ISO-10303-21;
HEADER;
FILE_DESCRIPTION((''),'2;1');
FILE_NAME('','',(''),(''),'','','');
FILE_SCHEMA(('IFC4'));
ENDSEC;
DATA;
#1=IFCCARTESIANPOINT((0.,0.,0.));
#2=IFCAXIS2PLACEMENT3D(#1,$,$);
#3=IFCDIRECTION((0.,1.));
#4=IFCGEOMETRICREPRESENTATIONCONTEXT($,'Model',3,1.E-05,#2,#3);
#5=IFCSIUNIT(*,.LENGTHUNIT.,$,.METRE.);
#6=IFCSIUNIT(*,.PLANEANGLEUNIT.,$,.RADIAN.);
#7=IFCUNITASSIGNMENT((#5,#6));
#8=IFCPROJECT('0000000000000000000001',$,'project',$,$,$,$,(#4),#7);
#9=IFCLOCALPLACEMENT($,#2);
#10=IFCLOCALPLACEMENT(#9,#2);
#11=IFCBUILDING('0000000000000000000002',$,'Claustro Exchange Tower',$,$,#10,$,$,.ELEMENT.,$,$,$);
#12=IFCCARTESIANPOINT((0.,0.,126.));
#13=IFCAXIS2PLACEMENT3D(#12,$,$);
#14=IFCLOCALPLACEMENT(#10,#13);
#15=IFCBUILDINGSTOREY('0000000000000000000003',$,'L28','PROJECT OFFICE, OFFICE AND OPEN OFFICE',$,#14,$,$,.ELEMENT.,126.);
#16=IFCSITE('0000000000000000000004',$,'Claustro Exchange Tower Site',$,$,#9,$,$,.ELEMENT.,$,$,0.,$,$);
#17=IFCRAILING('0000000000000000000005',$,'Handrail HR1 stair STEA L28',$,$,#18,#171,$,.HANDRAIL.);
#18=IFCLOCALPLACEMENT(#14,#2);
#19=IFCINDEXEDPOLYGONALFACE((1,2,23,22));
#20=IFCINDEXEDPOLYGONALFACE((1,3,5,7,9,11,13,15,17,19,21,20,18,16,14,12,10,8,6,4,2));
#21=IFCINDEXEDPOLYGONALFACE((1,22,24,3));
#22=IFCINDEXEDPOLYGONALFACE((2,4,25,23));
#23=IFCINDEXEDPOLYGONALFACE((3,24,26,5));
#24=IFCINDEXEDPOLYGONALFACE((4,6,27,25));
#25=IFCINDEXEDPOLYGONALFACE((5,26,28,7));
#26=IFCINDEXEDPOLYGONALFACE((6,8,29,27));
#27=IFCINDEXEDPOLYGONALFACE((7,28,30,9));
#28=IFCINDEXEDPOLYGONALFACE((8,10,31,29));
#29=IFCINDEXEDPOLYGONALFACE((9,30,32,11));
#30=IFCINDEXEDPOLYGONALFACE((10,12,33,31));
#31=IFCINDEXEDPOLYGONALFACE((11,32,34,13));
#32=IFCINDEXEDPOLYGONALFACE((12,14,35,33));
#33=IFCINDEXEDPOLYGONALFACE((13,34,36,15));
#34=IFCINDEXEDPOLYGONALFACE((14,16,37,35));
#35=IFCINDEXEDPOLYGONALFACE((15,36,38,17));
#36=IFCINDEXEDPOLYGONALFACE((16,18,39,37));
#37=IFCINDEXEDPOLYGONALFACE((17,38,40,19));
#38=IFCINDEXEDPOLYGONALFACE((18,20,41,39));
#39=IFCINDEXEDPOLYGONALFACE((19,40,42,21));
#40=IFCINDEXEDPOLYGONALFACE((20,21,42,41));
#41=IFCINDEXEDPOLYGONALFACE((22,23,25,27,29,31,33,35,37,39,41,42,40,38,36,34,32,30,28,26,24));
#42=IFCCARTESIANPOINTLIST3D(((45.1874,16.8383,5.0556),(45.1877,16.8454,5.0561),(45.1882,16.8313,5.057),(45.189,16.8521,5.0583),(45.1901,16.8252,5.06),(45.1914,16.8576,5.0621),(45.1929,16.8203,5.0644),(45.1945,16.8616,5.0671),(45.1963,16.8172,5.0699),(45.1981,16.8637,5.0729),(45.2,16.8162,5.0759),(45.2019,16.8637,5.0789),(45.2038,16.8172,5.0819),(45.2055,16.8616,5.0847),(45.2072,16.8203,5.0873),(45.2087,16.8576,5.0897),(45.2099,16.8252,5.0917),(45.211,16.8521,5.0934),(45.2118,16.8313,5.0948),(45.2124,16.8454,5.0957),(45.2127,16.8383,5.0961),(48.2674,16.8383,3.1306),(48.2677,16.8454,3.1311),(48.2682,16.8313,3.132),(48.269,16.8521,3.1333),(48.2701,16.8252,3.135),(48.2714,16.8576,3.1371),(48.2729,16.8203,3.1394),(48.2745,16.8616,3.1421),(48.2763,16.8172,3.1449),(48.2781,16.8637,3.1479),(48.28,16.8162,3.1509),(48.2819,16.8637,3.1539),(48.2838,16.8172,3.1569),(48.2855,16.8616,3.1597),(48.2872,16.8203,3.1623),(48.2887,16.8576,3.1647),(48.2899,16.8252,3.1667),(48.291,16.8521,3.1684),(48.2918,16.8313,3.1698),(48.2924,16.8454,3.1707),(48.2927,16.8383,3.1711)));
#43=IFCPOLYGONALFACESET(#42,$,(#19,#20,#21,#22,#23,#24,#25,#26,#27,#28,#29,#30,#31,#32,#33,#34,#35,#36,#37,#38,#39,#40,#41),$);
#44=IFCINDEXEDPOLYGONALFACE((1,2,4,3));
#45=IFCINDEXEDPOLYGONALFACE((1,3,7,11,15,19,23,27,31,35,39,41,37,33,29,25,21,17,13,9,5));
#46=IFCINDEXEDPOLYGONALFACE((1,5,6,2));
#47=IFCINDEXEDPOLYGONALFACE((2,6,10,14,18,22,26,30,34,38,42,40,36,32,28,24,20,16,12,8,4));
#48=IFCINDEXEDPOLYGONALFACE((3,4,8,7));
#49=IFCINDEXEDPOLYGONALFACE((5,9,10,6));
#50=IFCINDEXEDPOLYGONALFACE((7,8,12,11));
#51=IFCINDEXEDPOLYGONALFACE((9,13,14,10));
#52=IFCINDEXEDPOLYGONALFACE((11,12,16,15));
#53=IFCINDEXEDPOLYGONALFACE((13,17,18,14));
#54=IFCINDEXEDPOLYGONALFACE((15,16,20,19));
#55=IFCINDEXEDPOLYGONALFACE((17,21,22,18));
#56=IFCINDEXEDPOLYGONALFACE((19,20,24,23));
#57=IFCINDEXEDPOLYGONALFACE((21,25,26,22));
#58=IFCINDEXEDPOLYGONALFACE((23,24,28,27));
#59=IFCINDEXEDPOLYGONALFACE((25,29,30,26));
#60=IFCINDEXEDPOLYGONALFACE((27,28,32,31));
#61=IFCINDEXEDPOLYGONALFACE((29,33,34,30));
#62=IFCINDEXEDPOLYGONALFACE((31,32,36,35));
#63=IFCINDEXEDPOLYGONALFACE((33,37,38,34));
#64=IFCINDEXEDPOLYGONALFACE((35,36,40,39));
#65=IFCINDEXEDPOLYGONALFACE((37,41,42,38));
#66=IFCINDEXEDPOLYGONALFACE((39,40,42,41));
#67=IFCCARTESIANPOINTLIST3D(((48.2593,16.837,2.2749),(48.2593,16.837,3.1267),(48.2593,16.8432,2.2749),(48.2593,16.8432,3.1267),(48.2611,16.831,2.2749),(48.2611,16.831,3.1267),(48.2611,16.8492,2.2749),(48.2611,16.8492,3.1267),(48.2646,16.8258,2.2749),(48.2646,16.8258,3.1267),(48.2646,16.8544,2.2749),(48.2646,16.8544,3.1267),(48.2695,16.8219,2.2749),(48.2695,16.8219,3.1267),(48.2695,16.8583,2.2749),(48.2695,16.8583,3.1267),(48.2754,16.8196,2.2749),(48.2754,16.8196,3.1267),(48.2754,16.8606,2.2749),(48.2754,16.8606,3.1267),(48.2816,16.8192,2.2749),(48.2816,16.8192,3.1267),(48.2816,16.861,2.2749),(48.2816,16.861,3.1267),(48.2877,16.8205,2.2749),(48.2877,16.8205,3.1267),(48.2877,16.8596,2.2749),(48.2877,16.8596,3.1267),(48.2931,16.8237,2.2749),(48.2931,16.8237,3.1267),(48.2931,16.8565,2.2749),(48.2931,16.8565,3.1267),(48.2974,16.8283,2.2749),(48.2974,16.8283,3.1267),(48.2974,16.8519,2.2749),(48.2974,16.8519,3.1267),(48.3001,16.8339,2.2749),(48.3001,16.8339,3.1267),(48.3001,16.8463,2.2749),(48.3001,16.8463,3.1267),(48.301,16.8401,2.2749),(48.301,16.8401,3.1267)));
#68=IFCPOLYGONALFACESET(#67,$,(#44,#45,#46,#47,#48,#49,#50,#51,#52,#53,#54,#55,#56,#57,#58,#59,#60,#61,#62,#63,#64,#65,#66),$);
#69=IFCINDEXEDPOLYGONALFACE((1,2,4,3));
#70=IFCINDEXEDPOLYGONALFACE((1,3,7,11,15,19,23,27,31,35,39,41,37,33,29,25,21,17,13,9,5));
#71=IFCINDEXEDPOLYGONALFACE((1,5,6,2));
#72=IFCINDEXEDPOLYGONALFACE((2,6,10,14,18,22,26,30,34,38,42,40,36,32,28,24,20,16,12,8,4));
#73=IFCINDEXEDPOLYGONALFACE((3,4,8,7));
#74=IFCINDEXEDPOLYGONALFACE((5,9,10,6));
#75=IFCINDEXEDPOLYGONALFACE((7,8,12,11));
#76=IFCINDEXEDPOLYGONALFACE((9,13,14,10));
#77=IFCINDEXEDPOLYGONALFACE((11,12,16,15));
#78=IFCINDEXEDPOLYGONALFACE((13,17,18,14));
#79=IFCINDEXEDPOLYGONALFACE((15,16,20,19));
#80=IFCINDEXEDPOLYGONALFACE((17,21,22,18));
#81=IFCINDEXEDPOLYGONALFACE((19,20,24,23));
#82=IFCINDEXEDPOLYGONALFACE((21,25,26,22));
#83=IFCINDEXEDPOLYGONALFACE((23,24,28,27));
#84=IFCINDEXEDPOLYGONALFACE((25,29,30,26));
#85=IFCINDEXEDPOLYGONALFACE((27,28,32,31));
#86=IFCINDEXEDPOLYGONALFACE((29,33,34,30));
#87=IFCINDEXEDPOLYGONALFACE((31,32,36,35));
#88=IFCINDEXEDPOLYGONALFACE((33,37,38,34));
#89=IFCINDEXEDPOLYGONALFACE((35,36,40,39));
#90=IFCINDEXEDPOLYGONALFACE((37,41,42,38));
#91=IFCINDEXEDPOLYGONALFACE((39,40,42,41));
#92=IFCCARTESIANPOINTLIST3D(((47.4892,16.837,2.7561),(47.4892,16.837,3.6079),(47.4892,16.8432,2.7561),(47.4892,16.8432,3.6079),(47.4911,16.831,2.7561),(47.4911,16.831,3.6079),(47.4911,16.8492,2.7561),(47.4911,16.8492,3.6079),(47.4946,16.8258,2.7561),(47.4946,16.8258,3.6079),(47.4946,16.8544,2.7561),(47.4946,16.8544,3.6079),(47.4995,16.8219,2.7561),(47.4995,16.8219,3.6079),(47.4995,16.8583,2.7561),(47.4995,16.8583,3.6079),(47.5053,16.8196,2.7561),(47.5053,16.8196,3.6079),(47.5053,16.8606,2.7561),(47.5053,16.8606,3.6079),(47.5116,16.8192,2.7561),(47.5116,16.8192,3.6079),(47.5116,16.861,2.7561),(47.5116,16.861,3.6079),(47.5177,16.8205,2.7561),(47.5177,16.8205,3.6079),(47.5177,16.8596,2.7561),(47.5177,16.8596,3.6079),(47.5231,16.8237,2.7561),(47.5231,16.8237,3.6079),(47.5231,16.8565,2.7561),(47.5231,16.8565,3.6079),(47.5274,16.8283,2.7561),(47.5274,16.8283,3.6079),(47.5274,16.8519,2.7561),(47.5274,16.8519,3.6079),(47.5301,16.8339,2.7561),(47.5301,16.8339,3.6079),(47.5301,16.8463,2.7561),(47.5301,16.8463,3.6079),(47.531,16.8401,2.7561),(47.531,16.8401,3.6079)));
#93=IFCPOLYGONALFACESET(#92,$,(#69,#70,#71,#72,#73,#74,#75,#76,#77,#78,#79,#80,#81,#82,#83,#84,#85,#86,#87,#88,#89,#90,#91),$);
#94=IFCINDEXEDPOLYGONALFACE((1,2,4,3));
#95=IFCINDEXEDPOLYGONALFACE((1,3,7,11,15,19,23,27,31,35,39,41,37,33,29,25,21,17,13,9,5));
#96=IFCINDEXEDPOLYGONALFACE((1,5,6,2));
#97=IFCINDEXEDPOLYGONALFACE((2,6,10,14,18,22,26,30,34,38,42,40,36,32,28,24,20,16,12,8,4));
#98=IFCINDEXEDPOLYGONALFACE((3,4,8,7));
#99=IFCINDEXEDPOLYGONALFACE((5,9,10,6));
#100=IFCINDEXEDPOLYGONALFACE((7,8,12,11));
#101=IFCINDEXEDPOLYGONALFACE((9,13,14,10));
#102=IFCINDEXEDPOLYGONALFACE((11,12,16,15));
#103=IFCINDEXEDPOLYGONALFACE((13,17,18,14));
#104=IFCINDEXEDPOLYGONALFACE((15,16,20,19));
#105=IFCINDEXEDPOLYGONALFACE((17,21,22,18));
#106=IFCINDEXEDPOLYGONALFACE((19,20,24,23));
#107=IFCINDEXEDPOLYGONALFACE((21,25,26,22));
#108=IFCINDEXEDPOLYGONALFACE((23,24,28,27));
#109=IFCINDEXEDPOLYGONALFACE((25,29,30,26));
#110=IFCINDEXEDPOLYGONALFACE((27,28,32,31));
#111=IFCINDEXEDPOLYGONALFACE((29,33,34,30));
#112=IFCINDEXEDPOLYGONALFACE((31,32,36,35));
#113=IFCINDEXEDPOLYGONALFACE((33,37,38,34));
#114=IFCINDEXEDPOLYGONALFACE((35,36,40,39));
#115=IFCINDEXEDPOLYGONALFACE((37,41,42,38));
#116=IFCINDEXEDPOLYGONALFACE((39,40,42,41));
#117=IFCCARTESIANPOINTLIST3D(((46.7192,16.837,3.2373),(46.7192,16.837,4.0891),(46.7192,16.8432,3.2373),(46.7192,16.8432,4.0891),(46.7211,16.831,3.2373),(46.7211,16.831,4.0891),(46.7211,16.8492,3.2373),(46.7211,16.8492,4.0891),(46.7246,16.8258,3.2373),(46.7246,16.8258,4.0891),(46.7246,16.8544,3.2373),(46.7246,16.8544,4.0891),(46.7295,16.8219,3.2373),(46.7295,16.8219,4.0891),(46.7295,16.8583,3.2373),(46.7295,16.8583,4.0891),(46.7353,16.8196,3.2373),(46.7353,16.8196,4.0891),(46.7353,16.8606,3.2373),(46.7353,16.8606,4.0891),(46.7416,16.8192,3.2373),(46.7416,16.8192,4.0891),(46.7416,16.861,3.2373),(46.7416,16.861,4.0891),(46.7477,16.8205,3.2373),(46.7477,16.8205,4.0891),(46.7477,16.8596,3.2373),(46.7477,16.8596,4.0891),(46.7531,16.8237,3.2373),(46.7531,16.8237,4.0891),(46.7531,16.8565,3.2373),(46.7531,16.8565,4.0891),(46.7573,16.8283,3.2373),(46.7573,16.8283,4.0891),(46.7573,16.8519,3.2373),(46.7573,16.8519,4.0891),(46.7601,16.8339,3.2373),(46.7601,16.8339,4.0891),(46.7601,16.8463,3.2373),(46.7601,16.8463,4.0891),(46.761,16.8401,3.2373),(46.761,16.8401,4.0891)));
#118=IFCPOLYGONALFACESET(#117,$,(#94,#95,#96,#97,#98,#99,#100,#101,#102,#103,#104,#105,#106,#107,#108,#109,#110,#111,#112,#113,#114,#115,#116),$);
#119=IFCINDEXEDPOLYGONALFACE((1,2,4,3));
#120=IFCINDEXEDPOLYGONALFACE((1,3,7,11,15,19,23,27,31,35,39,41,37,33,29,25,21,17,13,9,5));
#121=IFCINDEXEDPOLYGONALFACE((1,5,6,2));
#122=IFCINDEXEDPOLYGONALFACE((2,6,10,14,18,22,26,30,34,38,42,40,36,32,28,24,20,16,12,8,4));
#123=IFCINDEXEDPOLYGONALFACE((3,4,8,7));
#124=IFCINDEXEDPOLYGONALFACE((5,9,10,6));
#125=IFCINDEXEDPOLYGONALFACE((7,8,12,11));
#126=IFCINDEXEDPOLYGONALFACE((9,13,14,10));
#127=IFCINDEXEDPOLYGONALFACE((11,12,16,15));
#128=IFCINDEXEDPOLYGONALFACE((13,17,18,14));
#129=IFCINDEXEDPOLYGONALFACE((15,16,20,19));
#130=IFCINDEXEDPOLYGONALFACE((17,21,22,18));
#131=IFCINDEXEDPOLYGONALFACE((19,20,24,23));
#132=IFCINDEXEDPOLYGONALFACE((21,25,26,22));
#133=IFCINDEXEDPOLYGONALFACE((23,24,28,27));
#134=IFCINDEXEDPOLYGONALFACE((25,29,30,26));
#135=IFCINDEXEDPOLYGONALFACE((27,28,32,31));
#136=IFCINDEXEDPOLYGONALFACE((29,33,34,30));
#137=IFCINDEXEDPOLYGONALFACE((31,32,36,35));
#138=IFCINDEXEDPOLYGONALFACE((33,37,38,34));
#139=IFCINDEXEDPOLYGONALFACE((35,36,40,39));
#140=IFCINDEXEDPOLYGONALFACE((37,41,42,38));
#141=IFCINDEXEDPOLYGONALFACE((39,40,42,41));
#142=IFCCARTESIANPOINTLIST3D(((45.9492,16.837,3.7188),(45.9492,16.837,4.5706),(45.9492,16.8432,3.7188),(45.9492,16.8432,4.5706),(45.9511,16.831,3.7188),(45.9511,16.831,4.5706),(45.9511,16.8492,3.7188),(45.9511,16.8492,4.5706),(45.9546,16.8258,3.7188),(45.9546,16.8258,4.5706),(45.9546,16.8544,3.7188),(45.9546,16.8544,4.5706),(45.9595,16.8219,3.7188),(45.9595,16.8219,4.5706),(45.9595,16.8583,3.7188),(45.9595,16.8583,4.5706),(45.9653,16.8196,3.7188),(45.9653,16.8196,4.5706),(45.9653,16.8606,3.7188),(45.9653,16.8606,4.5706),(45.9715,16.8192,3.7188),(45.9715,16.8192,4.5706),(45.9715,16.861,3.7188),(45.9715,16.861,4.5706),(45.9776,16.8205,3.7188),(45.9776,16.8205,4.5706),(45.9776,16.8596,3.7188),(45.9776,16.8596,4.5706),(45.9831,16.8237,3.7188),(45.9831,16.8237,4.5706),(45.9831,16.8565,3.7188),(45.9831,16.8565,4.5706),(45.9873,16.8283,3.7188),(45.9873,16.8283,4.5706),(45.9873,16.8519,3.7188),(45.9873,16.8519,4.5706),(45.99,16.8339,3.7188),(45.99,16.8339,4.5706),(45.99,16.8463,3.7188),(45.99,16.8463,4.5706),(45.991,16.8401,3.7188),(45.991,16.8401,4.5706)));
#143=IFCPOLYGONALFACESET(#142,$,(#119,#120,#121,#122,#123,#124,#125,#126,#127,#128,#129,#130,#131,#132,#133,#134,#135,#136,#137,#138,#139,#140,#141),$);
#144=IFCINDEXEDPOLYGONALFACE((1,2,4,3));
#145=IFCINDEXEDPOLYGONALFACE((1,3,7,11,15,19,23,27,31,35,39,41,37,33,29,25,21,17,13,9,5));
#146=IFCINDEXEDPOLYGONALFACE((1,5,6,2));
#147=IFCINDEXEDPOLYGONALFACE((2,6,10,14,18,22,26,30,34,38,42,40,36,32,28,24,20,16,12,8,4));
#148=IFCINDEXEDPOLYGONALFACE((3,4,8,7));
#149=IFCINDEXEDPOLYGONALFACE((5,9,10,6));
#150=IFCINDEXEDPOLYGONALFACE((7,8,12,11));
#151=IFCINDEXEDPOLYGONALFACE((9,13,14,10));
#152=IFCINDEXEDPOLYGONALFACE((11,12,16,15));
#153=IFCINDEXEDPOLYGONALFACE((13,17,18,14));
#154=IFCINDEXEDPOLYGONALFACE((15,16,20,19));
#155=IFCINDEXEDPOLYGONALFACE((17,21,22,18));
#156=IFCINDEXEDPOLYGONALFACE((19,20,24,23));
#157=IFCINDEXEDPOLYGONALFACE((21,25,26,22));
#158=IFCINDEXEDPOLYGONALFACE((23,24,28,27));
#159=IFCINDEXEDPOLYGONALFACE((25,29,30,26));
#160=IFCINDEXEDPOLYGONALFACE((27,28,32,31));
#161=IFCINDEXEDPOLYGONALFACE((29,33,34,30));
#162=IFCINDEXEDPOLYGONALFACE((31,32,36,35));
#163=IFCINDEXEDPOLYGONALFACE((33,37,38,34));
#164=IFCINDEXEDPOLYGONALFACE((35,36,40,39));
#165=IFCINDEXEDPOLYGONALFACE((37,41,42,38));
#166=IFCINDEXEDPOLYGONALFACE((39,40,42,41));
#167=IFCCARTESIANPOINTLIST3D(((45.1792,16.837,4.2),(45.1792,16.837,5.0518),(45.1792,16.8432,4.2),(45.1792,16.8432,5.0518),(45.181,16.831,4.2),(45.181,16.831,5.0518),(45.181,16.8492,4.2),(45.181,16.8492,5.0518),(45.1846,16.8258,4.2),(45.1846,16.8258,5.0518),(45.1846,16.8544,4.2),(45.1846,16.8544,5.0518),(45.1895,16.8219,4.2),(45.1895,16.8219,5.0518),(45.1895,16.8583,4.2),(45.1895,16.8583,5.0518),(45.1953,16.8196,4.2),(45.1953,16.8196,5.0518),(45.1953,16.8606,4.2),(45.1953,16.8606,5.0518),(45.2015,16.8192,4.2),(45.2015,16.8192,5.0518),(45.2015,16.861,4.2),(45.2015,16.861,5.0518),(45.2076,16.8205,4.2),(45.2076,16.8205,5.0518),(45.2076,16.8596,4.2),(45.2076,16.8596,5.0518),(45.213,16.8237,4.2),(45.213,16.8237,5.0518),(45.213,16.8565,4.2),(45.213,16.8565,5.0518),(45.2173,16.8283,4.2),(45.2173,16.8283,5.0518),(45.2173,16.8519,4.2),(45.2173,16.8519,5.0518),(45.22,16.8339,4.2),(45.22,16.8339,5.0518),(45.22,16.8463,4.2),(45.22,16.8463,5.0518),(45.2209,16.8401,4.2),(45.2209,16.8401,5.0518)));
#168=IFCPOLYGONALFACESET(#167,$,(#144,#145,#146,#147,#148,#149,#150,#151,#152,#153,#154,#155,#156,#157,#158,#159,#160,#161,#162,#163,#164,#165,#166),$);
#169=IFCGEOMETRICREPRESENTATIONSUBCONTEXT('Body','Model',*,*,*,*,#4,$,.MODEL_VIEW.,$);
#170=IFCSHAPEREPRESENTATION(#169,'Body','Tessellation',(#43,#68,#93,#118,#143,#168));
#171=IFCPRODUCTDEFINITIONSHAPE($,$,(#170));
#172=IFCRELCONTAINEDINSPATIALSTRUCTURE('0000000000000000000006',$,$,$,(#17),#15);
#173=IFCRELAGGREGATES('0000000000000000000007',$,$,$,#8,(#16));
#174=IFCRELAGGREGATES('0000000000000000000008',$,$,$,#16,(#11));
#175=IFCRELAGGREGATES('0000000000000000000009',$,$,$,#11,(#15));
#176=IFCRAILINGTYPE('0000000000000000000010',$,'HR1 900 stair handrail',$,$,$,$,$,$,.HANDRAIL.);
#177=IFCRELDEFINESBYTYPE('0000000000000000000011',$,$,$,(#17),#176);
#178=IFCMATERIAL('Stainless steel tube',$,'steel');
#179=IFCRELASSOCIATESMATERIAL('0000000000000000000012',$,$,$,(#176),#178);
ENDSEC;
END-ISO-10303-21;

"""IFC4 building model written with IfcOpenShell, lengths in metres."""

from ifc_helpers import new_model, si_unit, direction, frame, origin, origin_2d, place, context, subcontext, project, spatial, circle, extrude, material, type_object, element, save


model = new_model("IFC4")

# Units and contexts
model_context = context("Model", 3, precision=1e-05, world=origin(), true_north=direction((0.0, 1.0)))
body_context = subcontext(model_context, "Body", "Model", "MODEL_VIEW")
ifc_project = project(units=[si_unit("LENGTHUNIT", "METRE"), si_unit("PLANEANGLEUNIT", "RADIAN")], contexts=[model_context])

# Site, building, storey
site_placement = place(None, origin())
site = spatial("IfcSite", under=ifc_project, at=site_placement, Name="Claustro Exchange Tower Site", CompositionType="ELEMENT", RefElevation=0.0)
building_placement = place(site_placement, origin())
building = spatial("IfcBuilding", under=site, at=building_placement, Name="Claustro Exchange Tower", CompositionType="ELEMENT")
storey_placement = place(building_placement, frame((0.0, 0.0, 126.0)))
storey = spatial("IfcBuildingStorey", under=building, at=storey_placement, Name="L28", Description="PROJECT OFFICE, OFFICE AND OPEN OFFICE", CompositionType="ELEMENT", Elevation=126.0)

# Railing
ifc_material_1 = material(Name="Stainless steel tube", Category="steel")
railing_type_1 = type_object("IfcRailingType", Name="HR1 900 stair handrail", PredefinedType="HANDRAIL", material=ifc_material_1)
railing_1_placement = place(storey_placement, frame((48.28, 16.8401, 2.2749)))
element("IfcRailing", 1, at=railing_1_placement, inside=storey, type_object=railing_type_1, Name="Handrail HR1 stair STEA L28", PredefinedType="HANDRAIL", context=body_context, shape_type="SweptSolid", body=[
    extrude(circle(Radius=0.0239, at=origin_2d()), frame((0.0, 0.0, 0.876), z_axis=(-0.847998, 0.0, 0.529999), x_axis=(0.0, -1.0, 0.0)), (0.0, 0.0, 1.0), 3.6321),
    extrude(circle(Radius=0.021, at=origin_2d()), origin(), (0.0, 0.0, 1.0), 0.8518),
    extrude(circle(Radius=0.021, at=origin_2d()), frame((-0.77, 0.0, 0.4812)), (0.0, 0.0, 1.0), 0.8518),
    extrude(circle(Radius=0.021, at=origin_2d()), frame((-1.54, 0.0, 0.9624)), (0.0, 0.0, 1.0), 0.8518),
    extrude(circle(Radius=0.021, at=origin_2d()), frame((-2.3101, 0.0, 1.4438)), (0.0, 0.0, 1.0), 0.8518),
    extrude(circle(Radius=0.021, at=origin_2d()), frame((-3.0801, 0.0, 1.925)), (0.0, 0.0, 1.0), 0.8518),
])

save(model, "model.ifc")
